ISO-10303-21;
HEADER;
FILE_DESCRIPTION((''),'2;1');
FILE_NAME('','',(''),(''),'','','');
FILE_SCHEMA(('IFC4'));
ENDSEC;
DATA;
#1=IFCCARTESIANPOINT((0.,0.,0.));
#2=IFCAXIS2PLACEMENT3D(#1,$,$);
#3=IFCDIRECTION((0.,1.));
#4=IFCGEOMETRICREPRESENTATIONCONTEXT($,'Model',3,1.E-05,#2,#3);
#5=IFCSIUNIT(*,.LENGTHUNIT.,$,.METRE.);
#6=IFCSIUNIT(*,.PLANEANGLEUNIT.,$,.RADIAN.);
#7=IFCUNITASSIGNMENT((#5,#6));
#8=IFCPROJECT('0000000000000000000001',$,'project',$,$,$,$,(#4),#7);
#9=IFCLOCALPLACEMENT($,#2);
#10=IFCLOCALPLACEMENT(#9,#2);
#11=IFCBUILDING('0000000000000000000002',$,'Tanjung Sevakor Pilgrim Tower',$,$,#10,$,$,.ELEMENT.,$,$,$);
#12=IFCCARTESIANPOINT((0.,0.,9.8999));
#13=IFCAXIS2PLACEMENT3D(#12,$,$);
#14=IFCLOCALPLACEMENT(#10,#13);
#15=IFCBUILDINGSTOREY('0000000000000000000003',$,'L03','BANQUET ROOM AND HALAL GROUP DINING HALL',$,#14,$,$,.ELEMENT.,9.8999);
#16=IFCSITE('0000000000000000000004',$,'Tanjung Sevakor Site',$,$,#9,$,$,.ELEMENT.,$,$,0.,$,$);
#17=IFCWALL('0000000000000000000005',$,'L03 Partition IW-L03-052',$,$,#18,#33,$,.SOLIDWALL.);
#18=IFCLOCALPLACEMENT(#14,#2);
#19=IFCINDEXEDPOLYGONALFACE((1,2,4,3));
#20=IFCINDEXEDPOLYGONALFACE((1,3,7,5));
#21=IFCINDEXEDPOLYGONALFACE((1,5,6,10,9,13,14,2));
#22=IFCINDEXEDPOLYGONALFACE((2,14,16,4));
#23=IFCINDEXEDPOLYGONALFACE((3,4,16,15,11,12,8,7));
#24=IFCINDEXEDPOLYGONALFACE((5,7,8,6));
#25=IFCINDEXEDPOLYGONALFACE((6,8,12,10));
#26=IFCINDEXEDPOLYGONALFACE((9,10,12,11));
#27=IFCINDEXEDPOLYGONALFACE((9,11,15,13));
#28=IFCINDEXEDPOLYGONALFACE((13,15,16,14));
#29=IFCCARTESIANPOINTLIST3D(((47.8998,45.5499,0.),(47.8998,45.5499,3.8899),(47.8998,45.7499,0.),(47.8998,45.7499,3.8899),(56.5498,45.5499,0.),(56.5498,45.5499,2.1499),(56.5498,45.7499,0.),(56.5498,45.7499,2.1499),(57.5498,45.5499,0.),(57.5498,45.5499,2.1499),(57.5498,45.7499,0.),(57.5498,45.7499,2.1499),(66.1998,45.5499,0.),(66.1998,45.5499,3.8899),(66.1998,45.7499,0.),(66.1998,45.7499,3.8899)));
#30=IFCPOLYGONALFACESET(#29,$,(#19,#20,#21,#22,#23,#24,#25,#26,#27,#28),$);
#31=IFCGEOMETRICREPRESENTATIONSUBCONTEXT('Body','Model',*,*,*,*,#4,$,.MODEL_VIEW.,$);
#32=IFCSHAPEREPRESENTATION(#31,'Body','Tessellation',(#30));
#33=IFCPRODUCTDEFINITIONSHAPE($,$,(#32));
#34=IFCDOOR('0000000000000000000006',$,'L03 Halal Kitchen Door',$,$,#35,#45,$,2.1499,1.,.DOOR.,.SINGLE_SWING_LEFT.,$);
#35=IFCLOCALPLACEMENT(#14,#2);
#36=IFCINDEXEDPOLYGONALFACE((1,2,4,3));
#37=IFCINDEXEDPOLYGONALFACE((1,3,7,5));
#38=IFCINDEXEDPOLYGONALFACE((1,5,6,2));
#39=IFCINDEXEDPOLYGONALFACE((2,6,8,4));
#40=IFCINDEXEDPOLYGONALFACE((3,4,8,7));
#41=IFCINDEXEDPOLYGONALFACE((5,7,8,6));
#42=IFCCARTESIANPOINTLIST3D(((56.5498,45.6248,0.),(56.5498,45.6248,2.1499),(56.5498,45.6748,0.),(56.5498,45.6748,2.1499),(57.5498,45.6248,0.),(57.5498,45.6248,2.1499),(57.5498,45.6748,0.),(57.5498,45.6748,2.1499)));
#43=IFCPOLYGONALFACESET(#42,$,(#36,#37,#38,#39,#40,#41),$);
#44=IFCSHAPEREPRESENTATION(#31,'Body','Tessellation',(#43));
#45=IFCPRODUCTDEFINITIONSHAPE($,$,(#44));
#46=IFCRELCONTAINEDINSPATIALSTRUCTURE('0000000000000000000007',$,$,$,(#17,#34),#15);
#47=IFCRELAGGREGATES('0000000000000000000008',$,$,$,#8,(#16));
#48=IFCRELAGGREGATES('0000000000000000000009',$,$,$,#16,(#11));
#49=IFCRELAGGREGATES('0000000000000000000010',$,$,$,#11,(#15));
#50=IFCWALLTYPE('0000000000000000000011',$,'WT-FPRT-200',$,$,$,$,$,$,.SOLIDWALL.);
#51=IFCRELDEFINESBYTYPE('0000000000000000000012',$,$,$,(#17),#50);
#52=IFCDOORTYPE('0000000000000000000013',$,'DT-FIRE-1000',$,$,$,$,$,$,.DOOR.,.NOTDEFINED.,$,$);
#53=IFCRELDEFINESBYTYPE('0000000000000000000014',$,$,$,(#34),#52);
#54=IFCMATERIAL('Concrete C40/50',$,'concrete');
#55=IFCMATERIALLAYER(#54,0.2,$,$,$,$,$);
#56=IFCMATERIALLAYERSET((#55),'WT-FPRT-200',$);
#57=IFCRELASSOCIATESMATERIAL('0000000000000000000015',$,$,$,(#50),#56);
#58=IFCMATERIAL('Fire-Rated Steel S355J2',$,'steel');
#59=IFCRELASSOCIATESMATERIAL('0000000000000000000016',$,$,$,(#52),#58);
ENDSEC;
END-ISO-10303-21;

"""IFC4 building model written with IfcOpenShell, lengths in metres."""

from ifc_helpers import new_model, si_unit, direction, frame, frame_2d, origin, place, context, subcontext, project, spatial, rectangle, extrude, material, layer, layer_set, type_object, element, fill, save


model = new_model("IFC4")

# Units and contexts
model_context = context("Model", 3, precision=1e-05, world=origin(), true_north=direction((0.0, 1.0)))
body_context = subcontext(model_context, "Body", "Model", "MODEL_VIEW")
ifc_project = project(units=[si_unit("LENGTHUNIT", "METRE"), si_unit("PLANEANGLEUNIT", "RADIAN")], contexts=[model_context])

# Site, building, storey
site_placement = place(None, origin())
site = spatial("IfcSite", under=ifc_project, at=site_placement, Name="Tanjung Sevakor Site", CompositionType="ELEMENT", RefElevation=0.0)
building_placement = place(site_placement, origin())
building = spatial("IfcBuilding", under=site, at=building_placement, Name="Tanjung Sevakor Pilgrim Tower", CompositionType="ELEMENT")
storey_placement = place(building_placement, frame((0.0, 0.0, 9.8999)))
storey = spatial("IfcBuildingStorey", under=building, at=storey_placement, Name="L03", Description="BANQUET ROOM AND HALAL GROUP DINING HALL", CompositionType="ELEMENT", Elevation=9.8999)

# Shared definitions
ifc_material_1 = material(Name="Concrete C40/50", Category="concrete")
ifc_layer_1 = layer(ifc_material_1, 0.2)
ifc_layer_set_1 = layer_set([ifc_layer_1], Name="WT-FPRT-200")
wall_type_1 = type_object("IfcWallType", Name="WT-FPRT-200", PredefinedType="SOLIDWALL", material=ifc_layer_set_1)

# Wall, opening, door
wall_1_placement = place(storey_placement, frame((47.8999, 45.6499, 0.0), z_axis=(0.0, 0.0, 1.0), x_axis=(1.0, 0.0, 0.0)))
wall_1 = element("IfcWall", 1, at=wall_1_placement, inside=storey, type_object=wall_type_1, Name="L03 Partition IW-L03-052", PredefinedType="SOLIDWALL", context=body_context, shape_type="SweptSolid", body=[
    extrude(rectangle(XDim=18.3, YDim=0.2, at=frame_2d((9.1499, 0.0))), origin(), (0.0, 0.0, 1.0), 3.8899),
])
opening_1_placement = place(wall_1_placement, frame((8.6499, 0.0, 0.0)))
opening_1 = element("IfcOpeningElement", 2, at=opening_1_placement, cuts=wall_1, PredefinedType="OPENING", context=body_context, shape_type="SweptSolid", body=[
    extrude(rectangle(XDim=1.0, YDim=2.1499, at=frame_2d((0.5, 1.075))), frame((0.0, 0.1099, 0.0), z_axis=(0.0, -1.0, 0.0), x_axis=(1.0, 0.0, 0.0)), (0.0, 0.0, 1.0), 0.22),
])
ifc_material_2 = material(Name="Fire-Rated Steel S355J2", Category="steel")
door_type = type_object("IfcDoorType", Name="DT-FIRE-1000", OperationType="NOTDEFINED", PredefinedType="DOOR", material=ifc_material_2)
door_placement = place(opening_1_placement, origin())
door = element("IfcDoor", 3, at=door_placement, inside=storey, type_object=door_type, Name="L03 Halal Kitchen Door", OperationType="SINGLE_SWING_LEFT", OverallHeight=2.1499, OverallWidth=1.0, PredefinedType="DOOR", context=body_context, shape_type="SweptSolid", body=[
    extrude(rectangle(XDim=1.0, YDim=2.1499, at=frame_2d((0.5, 1.075))), frame((0.0, 0.0249, 0.0), z_axis=(0.0, -1.0, 0.0), x_axis=(1.0, 0.0, 0.0)), (0.0, 0.0, 1.0), 0.05),
])
fill(opening_1, door)

save(model, "model.ifc")
